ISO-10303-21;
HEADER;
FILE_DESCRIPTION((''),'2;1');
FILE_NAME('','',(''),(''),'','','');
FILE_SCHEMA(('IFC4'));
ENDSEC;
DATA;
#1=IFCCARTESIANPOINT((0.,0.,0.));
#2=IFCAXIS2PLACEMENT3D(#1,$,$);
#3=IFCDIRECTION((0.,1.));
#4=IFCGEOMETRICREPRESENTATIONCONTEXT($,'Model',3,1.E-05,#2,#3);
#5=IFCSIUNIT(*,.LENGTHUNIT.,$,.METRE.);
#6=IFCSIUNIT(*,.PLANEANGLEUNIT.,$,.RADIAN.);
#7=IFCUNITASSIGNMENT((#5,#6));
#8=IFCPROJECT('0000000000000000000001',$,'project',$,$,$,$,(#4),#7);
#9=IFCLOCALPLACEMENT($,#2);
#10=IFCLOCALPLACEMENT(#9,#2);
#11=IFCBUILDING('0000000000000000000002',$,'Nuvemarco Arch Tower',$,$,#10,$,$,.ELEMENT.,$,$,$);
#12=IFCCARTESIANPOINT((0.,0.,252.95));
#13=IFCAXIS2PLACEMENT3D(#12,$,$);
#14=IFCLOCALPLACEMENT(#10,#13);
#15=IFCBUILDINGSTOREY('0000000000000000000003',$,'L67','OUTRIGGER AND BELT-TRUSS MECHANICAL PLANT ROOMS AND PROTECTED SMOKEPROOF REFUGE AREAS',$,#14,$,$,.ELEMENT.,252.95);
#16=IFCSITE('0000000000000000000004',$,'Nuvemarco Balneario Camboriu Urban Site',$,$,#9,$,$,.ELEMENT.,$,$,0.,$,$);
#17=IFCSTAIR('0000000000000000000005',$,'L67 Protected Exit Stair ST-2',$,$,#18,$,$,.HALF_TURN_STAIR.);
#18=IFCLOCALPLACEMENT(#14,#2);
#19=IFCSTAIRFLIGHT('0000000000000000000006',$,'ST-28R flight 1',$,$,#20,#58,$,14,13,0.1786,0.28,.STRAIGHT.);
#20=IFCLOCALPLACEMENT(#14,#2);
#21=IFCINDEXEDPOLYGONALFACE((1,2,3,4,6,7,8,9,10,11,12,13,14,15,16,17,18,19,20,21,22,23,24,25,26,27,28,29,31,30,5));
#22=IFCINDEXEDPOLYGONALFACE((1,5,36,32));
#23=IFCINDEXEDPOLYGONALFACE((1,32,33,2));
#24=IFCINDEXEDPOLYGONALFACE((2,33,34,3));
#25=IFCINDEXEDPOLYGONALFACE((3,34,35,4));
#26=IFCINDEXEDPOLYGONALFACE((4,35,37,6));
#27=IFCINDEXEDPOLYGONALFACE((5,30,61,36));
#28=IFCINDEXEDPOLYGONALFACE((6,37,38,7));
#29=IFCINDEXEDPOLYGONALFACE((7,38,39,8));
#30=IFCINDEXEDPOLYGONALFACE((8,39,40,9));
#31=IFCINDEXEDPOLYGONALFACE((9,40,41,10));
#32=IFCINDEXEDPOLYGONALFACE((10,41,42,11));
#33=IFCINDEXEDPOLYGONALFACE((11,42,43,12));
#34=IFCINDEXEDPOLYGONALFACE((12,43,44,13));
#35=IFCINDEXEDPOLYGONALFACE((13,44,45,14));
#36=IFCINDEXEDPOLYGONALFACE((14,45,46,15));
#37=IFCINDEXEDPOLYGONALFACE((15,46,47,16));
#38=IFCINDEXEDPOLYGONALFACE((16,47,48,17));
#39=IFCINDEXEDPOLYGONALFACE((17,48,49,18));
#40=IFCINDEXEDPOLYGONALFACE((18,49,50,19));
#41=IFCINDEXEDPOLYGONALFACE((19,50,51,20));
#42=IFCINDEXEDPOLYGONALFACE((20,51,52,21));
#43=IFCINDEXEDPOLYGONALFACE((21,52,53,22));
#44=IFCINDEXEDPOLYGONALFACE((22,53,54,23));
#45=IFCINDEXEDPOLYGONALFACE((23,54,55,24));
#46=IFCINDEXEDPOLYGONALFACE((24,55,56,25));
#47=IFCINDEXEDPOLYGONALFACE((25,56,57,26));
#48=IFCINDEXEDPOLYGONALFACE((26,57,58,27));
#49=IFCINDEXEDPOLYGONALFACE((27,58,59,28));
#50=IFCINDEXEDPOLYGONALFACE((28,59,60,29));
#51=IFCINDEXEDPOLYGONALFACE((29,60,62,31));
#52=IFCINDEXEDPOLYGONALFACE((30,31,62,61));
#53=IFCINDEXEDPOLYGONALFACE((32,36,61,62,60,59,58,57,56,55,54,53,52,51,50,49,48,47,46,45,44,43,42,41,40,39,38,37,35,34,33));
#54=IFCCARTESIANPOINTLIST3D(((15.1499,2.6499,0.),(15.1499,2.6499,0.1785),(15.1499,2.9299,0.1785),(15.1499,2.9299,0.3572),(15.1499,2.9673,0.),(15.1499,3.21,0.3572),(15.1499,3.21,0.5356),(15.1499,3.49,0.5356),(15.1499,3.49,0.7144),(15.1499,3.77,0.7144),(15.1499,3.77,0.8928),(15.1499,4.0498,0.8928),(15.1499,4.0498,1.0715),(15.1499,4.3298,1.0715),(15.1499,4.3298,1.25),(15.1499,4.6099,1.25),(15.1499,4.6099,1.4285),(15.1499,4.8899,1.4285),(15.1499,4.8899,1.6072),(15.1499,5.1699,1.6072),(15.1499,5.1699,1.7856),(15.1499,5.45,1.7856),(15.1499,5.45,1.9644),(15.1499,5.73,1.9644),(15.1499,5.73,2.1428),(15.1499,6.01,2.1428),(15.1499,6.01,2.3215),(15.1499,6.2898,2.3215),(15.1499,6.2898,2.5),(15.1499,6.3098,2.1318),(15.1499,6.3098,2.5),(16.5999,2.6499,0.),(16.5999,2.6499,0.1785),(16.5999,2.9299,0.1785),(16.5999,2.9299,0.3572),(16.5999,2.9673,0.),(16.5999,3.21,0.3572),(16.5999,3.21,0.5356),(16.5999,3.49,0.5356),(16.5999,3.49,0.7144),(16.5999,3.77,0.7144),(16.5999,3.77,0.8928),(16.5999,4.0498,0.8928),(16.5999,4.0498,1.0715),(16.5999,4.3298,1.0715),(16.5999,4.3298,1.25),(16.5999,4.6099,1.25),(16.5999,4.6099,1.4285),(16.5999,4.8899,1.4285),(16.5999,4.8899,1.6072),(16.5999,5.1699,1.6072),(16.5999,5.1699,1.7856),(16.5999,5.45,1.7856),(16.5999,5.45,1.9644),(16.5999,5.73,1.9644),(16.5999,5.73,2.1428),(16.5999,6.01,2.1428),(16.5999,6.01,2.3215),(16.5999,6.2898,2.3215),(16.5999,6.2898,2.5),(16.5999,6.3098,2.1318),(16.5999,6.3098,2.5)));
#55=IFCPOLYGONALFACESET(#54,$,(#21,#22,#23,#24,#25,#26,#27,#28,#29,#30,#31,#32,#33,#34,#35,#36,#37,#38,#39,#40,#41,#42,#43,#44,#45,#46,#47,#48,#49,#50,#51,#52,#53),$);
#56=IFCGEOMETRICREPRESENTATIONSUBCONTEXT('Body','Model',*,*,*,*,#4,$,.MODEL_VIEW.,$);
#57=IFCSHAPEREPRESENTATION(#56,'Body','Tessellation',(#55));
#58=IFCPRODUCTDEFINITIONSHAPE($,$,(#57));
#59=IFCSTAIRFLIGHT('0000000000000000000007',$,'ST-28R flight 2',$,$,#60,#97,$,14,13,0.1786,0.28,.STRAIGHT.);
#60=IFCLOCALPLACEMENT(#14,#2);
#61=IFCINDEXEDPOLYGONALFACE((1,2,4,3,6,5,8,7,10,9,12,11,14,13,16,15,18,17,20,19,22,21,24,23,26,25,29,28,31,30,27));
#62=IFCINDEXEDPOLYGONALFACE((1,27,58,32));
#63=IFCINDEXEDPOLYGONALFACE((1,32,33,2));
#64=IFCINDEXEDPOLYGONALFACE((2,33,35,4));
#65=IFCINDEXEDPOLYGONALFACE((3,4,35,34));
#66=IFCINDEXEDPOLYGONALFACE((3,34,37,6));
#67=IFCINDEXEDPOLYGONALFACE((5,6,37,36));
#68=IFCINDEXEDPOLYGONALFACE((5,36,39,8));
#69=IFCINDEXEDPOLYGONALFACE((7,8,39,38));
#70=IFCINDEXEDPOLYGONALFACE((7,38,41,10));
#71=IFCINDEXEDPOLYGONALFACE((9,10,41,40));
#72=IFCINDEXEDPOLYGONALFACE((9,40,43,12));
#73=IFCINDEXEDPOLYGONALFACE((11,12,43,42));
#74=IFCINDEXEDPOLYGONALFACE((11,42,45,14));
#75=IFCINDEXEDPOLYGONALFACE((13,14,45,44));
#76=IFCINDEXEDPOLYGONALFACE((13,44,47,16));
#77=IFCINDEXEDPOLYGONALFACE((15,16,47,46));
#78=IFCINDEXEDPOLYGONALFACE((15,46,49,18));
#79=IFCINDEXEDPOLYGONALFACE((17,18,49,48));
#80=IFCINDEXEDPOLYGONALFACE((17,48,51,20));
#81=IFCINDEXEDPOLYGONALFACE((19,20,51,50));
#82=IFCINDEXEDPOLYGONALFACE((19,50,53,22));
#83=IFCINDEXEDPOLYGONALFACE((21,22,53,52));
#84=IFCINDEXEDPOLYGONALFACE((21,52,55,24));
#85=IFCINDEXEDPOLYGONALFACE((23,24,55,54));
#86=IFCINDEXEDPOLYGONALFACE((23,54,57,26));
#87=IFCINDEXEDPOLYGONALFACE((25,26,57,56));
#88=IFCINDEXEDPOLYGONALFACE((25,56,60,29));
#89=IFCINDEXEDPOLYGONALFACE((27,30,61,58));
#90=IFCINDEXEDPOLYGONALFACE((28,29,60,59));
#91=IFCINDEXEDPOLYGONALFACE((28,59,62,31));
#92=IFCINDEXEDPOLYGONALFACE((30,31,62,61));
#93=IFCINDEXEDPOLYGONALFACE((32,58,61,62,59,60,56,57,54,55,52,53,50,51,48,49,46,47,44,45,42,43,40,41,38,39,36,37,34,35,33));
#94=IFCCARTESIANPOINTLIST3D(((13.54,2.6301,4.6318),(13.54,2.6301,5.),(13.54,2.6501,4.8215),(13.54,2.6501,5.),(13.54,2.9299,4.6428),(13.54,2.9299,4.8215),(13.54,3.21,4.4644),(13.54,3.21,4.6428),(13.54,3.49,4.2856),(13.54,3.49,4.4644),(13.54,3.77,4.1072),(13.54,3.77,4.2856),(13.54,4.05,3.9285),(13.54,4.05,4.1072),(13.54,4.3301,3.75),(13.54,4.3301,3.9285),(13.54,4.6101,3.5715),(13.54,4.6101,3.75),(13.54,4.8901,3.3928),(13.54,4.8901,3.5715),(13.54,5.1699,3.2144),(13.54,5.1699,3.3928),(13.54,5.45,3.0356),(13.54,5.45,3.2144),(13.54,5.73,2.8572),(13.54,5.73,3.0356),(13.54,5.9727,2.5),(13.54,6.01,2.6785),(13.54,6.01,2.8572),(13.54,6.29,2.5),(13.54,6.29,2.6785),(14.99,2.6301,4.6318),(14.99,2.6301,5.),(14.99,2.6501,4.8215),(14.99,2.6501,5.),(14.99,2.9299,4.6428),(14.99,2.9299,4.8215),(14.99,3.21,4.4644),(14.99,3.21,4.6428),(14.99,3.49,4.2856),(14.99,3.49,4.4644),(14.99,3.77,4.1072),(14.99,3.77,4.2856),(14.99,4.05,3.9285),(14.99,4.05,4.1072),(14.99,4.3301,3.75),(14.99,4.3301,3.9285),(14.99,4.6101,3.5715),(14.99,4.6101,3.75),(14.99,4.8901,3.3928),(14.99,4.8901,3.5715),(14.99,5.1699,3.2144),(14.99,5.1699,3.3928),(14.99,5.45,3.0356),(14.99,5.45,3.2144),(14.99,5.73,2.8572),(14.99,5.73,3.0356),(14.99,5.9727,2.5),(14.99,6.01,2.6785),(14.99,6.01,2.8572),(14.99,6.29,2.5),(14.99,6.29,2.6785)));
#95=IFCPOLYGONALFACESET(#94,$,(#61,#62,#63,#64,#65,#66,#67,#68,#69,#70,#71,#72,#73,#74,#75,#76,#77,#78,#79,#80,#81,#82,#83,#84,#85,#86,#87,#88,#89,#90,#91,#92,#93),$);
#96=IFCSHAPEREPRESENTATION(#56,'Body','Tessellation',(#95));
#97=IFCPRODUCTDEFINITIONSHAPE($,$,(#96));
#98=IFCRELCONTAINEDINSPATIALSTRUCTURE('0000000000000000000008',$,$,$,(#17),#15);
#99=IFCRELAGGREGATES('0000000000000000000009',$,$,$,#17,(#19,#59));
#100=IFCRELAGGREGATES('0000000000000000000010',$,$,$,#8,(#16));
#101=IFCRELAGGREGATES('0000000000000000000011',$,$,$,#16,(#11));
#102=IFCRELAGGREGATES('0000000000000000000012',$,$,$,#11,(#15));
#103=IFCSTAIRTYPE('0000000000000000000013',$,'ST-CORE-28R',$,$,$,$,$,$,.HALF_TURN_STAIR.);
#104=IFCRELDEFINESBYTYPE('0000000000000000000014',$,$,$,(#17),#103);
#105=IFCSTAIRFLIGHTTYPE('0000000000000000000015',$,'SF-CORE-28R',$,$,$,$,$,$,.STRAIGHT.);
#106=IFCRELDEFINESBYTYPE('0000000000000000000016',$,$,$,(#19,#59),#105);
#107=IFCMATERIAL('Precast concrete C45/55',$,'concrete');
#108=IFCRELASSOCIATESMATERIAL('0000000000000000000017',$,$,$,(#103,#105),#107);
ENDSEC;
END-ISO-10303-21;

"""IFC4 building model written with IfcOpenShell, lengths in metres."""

from ifc_helpers import new_model, si_unit, direction, frame, origin, place, context, subcontext, project, spatial, polyline, outline, extrude, material, type_object, element, aggregate, save


model = new_model("IFC4")

# Units and contexts
model_context = context("Model", 3, precision=1e-05, world=origin(), true_north=direction((0.0, 1.0)))
body_context = subcontext(model_context, "Body", "Model", "MODEL_VIEW")
ifc_project = project(units=[si_unit("LENGTHUNIT", "METRE"), si_unit("PLANEANGLEUNIT", "RADIAN")], contexts=[model_context])

# Site, building, storey
site_placement = place(None, origin())
site = spatial("IfcSite", under=ifc_project, at=site_placement, Name="Nuvemarco Balneario Camboriu Urban Site", CompositionType="ELEMENT", RefElevation=0.0)
building_placement = place(site_placement, origin())
building = spatial("IfcBuilding", under=site, at=building_placement, Name="Nuvemarco Arch Tower", CompositionType="ELEMENT")
storey_placement = place(building_placement, frame((0.0, 0.0, 252.95)))
storey = spatial("IfcBuildingStorey", under=building, at=storey_placement, Name="L67", Description="OUTRIGGER AND BELT-TRUSS MECHANICAL PLANT ROOMS AND PROTECTED SMOKEPROOF REFUGE AREAS", CompositionType="ELEMENT", Elevation=252.95)

# Shared definitions
ifc_material_1 = material(Name="Precast concrete C45/55", Category="concrete")

# Stair, stair flights
stair_type = type_object("IfcStairType", Name="ST-CORE-28R", PredefinedType="HALF_TURN_STAIR", material=ifc_material_1)
stair_placement = place(storey_placement, origin())
stair = element("IfcStair", 1, at=stair_placement, inside=storey, type_object=stair_type, Name="L67 Protected Exit Stair ST-2", PredefinedType="HALF_TURN_STAIR")
stair_flight_type = type_object("IfcStairFlightType", Name="SF-CORE-28R", PredefinedType="STRAIGHT", material=ifc_material_1)
stair_flight_1_placement = place(storey_placement, frame((15.875, 2.6499, 0.0), z_axis=(0.0, 0.0, 1.0), x_axis=(0.0, 1.0, 0.0)))
stair_flight_1 = element("IfcStairFlight", 2, at=stair_flight_1_placement, type_object=stair_flight_type, Name="ST-28R flight 1", NumberOfRisers=14, NumberOfTreads=13, PredefinedType="STRAIGHT", RiserHeight=0.1786, TreadLength=0.28, context=body_context, shape_type="SweptSolid", body=[
    extrude(outline(polyline([(0.0, 0.0), (0.0, 0.1785), (0.28, 0.1785), (0.28, 0.3572), (0.5601, 0.3572), (0.5601, 0.5356), (0.8401, 0.5356), (0.8401, 0.7144), (1.1201, 0.7144), (1.1201, 0.8928), (1.3999, 0.8928), (1.3999, 1.0715), (1.6799, 1.0715), (1.6799, 1.25), (1.96, 1.25), (1.96, 1.4285), (2.24, 1.4285), (2.24, 1.6072), (2.52, 1.6072), (2.52, 1.7856), (2.8, 1.7856), (2.8, 1.9644), (3.0801, 1.9644), (3.0801, 2.1428), (3.3601, 2.1428), (3.3601, 2.3215), (3.6399, 2.3215), (3.6399, 2.5), (3.6599, 2.5), (3.6599, 2.1318), (0.3174, 0.0), (0.0, 0.0)])), frame((0.0, 0.7251, 0.0), z_axis=(0.0, -1.0, 0.0), x_axis=(1.0, 0.0, 0.0)), (0.0, 0.0, 1.0), 1.45),
])
stair_flight_2_placement = place(storey_placement, frame((14.2649, 6.29, 2.5), z_axis=(0.0, 0.0, 1.0), x_axis=(0.0, -1.0, 0.0)))
stair_flight_2 = element("IfcStairFlight", 3, at=stair_flight_2_placement, type_object=stair_flight_type, Name="ST-28R flight 2", NumberOfRisers=14, NumberOfTreads=13, PredefinedType="STRAIGHT", RiserHeight=0.1786, TreadLength=0.28, context=body_context, shape_type="SweptSolid", body=[
    extrude(outline(polyline([(0.0, 0.0), (0.0, 0.1785), (0.28, 0.1785), (0.28, 0.3572), (0.5601, 0.3572), (0.5601, 0.5356), (0.8401, 0.5356), (0.8401, 0.7144), (1.1201, 0.7144), (1.1201, 0.8928), (1.3999, 0.8928), (1.3999, 1.0715), (1.6799, 1.0715), (1.6799, 1.25), (1.96, 1.25), (1.96, 1.4285), (2.24, 1.4285), (2.24, 1.6072), (2.52, 1.6072), (2.52, 1.7856), (2.8, 1.7856), (2.8, 1.9644), (3.0801, 1.9644), (3.0801, 2.1428), (3.3601, 2.1428), (3.3601, 2.3215), (3.6399, 2.3215), (3.6399, 2.5), (3.6599, 2.5), (3.6599, 2.1318), (0.3174, 0.0), (0.0, 0.0)])), frame((0.0, 0.7251, 0.0), z_axis=(0.0, -1.0, 0.0), x_axis=(1.0, 0.0, 0.0)), (0.0, 0.0, 1.0), 1.45),
])
aggregate(stair, [stair_flight_1, stair_flight_2])

save(model, "model.ifc")
